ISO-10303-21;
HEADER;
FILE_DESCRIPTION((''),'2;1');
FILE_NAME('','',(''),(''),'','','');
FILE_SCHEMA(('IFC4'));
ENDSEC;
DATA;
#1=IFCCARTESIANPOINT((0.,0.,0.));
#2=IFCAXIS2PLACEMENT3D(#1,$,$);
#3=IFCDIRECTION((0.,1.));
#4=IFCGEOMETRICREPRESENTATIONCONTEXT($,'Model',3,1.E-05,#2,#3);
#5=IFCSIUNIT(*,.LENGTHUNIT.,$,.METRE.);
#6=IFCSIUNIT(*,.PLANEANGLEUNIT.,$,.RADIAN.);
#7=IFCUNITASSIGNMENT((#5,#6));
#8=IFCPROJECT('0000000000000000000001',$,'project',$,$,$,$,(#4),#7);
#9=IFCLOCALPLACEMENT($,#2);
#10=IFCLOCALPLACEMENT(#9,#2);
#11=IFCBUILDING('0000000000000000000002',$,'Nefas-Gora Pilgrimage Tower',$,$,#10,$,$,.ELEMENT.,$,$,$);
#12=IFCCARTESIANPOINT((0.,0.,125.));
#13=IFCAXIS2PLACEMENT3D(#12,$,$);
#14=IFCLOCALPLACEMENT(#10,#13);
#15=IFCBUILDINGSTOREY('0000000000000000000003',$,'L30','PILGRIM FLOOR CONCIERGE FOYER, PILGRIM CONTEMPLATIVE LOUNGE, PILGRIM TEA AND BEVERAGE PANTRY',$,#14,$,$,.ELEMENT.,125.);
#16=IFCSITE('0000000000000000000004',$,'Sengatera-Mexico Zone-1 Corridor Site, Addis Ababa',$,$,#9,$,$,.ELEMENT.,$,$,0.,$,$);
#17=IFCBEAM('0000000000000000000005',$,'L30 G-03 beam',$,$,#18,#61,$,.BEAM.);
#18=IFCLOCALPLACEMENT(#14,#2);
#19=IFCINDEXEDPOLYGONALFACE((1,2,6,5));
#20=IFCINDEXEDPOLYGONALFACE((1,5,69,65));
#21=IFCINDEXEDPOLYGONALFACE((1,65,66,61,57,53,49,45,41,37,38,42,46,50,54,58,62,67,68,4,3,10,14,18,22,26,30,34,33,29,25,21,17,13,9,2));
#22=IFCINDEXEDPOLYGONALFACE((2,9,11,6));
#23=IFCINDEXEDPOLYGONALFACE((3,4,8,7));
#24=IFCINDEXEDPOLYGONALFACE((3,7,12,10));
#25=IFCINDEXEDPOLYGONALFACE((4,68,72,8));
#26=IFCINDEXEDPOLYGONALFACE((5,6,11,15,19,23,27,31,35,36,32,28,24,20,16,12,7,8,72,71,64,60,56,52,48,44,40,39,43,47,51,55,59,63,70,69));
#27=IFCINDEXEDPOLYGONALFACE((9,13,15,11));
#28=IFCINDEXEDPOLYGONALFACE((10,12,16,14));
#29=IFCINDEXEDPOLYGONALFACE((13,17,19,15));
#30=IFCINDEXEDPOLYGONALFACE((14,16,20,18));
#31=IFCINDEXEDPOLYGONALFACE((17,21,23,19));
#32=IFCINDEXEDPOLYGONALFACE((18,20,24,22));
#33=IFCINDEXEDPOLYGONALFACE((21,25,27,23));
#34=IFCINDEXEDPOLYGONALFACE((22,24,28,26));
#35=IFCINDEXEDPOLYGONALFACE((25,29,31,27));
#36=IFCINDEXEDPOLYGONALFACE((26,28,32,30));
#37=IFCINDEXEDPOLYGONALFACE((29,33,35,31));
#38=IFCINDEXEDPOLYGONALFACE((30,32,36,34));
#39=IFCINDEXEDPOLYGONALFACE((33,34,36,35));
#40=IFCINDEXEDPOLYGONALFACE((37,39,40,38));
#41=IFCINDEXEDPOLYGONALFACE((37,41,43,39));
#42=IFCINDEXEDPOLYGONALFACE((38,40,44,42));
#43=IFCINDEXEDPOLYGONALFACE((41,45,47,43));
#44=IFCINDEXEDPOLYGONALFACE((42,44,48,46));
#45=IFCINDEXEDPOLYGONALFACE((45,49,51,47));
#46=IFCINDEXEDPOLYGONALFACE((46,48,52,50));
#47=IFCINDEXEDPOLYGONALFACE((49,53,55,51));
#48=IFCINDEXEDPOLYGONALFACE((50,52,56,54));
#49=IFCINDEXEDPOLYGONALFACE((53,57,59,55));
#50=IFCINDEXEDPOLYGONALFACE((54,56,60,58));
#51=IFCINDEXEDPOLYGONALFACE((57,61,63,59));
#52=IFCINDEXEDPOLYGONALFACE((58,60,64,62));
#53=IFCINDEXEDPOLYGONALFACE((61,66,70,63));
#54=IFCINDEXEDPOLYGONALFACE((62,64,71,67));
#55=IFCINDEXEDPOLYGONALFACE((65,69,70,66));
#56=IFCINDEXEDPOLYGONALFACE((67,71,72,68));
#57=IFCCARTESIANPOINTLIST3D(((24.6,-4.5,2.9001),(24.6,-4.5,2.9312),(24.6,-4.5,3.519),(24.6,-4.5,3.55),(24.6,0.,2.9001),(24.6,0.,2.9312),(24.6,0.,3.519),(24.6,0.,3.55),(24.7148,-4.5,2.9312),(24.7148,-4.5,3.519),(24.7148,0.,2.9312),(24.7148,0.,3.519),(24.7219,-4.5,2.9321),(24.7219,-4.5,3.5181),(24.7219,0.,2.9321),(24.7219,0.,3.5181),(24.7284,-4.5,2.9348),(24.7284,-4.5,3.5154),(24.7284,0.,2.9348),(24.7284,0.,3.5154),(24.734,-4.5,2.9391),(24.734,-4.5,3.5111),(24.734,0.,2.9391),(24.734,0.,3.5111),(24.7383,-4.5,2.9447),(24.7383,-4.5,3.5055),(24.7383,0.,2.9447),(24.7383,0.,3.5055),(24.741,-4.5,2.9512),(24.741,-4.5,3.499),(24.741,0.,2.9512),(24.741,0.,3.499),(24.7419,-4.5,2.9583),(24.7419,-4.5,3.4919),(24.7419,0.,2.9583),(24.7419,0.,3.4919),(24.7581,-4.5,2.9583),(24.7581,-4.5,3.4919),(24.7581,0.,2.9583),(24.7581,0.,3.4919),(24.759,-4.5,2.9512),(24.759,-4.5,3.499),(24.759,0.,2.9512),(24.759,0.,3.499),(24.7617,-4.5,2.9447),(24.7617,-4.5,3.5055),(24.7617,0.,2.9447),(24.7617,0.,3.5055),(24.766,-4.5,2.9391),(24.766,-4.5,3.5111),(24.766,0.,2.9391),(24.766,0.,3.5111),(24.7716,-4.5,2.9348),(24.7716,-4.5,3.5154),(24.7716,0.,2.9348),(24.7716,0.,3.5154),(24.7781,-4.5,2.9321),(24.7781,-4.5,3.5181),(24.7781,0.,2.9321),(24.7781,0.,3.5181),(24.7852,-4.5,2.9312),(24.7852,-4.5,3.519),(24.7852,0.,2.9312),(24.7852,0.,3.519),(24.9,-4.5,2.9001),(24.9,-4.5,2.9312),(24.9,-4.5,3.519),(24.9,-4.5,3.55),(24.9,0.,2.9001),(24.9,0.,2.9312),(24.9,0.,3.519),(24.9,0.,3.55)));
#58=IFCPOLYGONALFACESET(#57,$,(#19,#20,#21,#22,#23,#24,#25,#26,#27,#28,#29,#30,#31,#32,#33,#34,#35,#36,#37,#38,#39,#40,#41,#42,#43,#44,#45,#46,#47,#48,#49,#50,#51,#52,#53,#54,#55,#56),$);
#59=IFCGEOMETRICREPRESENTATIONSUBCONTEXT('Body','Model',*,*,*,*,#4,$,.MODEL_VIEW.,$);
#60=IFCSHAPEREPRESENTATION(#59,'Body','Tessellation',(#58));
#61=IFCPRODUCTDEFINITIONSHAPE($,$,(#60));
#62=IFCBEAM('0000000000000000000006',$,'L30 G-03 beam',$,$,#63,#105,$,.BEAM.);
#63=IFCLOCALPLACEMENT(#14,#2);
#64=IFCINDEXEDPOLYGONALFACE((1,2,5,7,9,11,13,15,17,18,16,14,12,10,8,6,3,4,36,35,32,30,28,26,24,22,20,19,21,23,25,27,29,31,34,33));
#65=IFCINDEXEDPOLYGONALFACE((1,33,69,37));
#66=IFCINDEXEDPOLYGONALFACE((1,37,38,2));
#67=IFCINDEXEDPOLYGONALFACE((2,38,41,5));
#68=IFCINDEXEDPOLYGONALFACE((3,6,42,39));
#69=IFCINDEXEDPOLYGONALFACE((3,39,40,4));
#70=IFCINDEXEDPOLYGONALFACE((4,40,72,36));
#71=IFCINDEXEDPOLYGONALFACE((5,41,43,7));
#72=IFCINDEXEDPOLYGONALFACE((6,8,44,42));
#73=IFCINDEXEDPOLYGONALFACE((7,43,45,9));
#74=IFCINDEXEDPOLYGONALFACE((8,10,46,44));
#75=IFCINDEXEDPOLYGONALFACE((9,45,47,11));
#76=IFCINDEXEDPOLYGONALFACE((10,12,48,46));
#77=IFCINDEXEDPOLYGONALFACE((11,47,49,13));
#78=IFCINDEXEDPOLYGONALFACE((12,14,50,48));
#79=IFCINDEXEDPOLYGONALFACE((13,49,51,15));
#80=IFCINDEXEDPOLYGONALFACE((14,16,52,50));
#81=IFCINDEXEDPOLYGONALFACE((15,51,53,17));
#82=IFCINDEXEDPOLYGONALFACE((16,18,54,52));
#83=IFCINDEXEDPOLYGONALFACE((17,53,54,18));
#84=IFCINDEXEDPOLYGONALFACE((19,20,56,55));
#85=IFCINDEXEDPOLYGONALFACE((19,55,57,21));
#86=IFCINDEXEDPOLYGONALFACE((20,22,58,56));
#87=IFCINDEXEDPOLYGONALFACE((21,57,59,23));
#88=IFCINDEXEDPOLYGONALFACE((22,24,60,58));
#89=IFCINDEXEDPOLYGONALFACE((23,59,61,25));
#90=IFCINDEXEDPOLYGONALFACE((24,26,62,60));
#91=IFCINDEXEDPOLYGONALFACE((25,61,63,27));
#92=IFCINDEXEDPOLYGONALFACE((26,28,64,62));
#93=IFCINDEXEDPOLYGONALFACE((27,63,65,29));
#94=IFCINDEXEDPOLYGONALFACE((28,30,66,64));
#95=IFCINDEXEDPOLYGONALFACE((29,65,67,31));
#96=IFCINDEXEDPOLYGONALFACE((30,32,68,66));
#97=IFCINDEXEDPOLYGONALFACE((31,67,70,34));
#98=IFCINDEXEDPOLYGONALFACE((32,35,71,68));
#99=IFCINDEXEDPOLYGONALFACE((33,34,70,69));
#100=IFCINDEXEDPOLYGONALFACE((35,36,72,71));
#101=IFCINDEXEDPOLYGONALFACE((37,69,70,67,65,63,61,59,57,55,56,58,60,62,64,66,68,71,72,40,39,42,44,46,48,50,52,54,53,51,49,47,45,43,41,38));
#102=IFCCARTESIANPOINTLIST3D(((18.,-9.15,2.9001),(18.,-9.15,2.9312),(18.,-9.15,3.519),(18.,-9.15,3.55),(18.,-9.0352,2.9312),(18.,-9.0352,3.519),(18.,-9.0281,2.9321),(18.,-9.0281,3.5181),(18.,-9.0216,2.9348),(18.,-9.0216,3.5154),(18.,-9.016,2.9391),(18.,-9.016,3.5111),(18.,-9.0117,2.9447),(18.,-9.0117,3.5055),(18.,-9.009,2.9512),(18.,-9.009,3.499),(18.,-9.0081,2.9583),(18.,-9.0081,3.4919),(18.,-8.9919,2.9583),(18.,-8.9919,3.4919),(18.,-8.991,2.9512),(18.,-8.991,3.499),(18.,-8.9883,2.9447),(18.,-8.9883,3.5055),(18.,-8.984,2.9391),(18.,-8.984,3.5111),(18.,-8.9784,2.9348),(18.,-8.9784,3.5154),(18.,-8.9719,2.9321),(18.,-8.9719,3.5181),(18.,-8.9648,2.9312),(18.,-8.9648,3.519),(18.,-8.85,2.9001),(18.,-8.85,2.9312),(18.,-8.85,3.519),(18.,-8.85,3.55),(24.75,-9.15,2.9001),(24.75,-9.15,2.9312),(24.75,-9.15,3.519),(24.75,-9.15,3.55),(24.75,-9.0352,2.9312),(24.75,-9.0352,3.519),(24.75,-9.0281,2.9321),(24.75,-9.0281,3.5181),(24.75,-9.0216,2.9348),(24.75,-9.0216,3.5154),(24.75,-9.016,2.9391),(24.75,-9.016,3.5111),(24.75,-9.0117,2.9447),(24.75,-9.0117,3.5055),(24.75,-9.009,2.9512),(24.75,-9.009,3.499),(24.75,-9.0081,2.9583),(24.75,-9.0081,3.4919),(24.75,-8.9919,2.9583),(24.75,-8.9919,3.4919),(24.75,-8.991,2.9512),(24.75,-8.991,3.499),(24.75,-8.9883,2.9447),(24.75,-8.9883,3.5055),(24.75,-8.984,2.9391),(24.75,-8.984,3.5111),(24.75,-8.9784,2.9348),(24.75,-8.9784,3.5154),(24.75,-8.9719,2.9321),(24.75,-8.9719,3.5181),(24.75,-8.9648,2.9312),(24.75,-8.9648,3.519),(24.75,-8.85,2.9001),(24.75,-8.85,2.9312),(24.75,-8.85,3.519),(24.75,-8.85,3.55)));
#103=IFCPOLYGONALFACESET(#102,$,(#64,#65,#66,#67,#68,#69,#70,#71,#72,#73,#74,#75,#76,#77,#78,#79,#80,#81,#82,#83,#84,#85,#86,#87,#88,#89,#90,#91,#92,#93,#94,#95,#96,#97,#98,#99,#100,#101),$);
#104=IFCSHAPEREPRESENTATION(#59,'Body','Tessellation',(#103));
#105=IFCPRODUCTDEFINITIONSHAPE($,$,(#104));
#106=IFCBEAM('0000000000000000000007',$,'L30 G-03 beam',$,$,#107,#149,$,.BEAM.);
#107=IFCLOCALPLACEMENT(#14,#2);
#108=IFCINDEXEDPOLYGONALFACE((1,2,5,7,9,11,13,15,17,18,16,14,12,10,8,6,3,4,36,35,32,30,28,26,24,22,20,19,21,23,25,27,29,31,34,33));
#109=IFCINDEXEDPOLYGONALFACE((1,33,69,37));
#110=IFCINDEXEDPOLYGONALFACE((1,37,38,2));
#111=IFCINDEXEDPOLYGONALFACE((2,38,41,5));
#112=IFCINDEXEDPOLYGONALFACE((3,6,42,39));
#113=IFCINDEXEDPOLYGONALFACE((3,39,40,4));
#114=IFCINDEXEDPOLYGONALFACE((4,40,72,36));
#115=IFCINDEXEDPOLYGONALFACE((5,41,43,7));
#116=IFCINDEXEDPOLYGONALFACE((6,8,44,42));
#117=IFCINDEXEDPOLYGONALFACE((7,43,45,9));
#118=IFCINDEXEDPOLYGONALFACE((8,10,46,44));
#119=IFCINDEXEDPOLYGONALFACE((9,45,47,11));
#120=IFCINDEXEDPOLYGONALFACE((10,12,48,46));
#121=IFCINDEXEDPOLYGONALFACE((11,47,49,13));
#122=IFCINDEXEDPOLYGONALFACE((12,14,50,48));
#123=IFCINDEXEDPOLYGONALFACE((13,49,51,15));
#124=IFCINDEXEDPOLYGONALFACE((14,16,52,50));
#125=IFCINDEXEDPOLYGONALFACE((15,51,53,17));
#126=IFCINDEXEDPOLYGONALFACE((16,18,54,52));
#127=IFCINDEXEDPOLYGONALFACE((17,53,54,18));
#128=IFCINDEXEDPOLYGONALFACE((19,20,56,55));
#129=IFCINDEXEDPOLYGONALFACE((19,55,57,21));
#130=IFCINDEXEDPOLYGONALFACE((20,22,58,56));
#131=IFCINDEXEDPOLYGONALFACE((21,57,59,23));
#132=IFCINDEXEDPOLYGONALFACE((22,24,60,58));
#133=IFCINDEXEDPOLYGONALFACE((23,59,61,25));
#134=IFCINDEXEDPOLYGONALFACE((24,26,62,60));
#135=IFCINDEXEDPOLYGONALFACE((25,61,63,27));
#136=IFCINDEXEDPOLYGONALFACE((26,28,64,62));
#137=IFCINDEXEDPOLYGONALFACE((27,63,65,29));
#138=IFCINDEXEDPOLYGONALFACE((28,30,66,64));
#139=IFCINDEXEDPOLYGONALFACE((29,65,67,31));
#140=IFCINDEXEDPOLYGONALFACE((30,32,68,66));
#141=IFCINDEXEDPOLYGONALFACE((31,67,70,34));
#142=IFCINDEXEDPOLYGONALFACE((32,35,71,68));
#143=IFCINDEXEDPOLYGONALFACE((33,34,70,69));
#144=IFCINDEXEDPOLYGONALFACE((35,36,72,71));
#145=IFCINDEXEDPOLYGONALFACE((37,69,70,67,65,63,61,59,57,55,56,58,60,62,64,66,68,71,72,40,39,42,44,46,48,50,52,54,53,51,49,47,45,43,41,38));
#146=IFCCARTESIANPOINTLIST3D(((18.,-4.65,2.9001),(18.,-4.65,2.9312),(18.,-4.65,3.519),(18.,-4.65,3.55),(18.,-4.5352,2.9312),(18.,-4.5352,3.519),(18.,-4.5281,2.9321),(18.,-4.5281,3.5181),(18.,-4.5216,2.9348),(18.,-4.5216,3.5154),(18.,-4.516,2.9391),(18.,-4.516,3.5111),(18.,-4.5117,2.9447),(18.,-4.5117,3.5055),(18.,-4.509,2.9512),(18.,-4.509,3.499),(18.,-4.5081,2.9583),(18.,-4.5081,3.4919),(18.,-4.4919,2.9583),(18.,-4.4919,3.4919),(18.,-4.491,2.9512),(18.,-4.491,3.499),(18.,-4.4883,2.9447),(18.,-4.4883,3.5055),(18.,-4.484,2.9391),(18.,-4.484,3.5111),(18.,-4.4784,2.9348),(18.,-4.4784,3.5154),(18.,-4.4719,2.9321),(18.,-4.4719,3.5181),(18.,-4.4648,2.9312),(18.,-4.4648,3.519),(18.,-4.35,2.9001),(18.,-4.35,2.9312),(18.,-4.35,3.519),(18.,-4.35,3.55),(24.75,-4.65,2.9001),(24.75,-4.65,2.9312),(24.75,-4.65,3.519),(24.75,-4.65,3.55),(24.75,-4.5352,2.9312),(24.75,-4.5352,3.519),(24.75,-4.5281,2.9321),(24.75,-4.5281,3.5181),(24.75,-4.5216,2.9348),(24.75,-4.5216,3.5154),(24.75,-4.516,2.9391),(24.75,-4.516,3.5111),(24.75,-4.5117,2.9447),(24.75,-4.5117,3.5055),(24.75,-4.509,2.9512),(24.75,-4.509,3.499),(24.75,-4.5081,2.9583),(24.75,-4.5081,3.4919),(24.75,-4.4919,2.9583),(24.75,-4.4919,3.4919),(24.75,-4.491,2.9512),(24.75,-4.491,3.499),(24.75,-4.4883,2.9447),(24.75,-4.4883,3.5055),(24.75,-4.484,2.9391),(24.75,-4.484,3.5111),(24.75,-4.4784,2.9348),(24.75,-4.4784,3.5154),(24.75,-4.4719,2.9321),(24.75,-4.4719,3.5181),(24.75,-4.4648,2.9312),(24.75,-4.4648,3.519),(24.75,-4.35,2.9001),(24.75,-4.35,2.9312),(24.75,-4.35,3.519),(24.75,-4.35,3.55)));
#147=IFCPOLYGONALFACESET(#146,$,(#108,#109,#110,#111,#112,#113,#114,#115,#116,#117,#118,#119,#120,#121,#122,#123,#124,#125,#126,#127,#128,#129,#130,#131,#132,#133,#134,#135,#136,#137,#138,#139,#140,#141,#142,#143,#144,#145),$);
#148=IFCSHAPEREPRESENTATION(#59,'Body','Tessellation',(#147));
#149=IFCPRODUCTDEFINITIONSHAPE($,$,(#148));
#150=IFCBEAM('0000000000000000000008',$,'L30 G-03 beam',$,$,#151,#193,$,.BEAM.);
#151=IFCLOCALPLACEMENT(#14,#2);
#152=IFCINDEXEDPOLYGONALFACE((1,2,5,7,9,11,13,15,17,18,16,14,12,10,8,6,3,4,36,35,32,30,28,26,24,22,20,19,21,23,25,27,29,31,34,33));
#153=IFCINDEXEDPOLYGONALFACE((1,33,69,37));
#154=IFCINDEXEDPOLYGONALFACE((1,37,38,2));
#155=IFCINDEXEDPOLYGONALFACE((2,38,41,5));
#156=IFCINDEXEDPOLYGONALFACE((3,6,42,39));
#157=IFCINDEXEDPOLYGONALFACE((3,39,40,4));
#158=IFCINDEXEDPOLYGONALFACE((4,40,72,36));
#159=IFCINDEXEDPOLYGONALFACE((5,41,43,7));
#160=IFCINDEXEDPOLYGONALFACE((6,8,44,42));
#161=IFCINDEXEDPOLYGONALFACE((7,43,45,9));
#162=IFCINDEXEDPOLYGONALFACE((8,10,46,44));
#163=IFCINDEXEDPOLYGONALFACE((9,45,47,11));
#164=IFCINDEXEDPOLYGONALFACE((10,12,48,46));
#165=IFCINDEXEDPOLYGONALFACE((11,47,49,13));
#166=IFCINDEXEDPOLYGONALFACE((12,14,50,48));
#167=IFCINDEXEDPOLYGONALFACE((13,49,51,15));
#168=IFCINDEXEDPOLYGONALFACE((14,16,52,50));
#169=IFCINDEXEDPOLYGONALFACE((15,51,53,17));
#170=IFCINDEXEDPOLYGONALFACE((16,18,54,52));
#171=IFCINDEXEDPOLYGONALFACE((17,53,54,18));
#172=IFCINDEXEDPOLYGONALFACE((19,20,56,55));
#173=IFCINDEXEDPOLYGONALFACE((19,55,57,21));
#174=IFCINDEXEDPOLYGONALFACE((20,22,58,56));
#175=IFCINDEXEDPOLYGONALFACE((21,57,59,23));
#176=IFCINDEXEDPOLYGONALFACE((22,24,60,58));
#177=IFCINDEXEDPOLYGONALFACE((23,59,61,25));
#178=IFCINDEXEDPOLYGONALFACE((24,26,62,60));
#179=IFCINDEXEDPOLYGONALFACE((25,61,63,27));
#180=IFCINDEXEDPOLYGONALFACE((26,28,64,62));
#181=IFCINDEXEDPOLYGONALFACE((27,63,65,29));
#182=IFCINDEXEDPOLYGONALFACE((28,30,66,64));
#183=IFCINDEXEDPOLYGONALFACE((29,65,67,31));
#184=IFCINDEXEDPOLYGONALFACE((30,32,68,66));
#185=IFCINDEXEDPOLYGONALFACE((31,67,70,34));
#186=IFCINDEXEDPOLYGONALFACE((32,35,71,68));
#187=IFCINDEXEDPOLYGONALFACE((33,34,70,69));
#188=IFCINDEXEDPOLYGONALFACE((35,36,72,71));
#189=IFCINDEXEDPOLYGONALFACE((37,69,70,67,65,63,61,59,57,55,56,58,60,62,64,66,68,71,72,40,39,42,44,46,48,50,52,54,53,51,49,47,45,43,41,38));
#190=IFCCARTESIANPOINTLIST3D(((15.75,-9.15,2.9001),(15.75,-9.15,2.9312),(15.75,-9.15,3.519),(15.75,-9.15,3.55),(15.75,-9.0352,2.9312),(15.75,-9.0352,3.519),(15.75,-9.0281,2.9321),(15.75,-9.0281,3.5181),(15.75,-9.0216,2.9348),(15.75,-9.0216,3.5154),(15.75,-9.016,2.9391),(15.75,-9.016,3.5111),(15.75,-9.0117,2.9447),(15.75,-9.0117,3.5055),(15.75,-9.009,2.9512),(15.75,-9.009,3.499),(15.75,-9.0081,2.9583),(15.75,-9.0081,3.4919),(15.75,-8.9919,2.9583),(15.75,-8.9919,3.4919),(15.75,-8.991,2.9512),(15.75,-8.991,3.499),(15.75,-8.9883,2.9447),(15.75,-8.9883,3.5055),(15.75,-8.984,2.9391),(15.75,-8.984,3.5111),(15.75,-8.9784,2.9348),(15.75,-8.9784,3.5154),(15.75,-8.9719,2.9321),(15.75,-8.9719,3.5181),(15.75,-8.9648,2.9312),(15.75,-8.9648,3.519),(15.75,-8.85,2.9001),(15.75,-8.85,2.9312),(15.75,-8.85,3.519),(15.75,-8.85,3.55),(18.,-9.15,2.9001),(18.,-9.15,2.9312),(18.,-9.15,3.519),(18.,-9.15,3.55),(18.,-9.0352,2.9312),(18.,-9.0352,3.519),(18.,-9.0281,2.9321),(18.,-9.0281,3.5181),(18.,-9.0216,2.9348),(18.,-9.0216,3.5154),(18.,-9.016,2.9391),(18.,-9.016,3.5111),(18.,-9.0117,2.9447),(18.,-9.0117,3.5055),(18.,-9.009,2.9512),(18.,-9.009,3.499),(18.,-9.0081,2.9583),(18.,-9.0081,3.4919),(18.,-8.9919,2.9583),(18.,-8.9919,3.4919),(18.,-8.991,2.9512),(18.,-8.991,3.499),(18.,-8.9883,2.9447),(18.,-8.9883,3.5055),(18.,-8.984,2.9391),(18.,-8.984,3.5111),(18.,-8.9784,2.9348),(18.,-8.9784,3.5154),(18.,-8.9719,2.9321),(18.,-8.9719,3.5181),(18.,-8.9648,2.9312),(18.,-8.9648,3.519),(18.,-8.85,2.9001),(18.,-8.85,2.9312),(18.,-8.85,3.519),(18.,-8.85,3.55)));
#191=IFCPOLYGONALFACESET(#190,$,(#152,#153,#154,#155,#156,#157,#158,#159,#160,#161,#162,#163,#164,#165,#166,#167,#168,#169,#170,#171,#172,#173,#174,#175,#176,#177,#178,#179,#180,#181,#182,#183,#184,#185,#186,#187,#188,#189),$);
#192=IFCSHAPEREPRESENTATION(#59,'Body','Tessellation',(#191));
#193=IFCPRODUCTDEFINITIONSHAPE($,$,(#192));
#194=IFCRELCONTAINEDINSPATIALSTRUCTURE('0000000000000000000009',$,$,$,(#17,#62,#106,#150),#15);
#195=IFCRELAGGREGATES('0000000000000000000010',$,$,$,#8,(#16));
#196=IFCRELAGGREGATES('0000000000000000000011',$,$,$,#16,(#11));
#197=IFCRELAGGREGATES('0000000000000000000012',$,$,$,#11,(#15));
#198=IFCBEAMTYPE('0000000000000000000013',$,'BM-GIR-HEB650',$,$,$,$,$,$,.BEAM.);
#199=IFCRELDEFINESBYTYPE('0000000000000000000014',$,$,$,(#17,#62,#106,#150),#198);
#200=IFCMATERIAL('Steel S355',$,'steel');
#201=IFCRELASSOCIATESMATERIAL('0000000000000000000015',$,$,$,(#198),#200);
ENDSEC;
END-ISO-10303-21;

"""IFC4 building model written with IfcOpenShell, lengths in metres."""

from ifc_helpers import new_model, si_unit, direction, frame, origin, origin_2d, place, context, subcontext, project, spatial, i_section, extrude, source, transform, mapped, material, material_profile, profile_set, type_object, element, save


model = new_model("IFC4")

# Units and contexts
model_context = context("Model", 3, precision=1e-05, world=origin(), true_north=direction((0.0, 1.0)))
body_context = subcontext(model_context, "Body", "Model", "MODEL_VIEW")
ifc_project = project(units=[si_unit("LENGTHUNIT", "METRE"), si_unit("PLANEANGLEUNIT", "RADIAN")], contexts=[model_context])

# Site, building, storey
site_placement = place(None, origin())
site = spatial("IfcSite", under=ifc_project, at=site_placement, Name="Sengatera-Mexico Zone-1 Corridor Site, Addis Ababa", CompositionType="ELEMENT", RefElevation=0.0)
building_placement = place(site_placement, origin())
building = spatial("IfcBuilding", under=site, at=building_placement, Name="Nefas-Gora Pilgrimage Tower", CompositionType="ELEMENT")
storey_placement = place(building_placement, frame((0.0, 0.0, 125.0)))
storey = spatial("IfcBuildingStorey", under=building, at=storey_placement, Name="L30", Description="PILGRIM FLOOR CONCIERGE FOYER, PILGRIM CONTEMPLATIVE LOUNGE, PILGRIM TEA AND BEVERAGE PANTRY", CompositionType="ELEMENT", Elevation=125.0)

# Beams
ifc_material_1 = material(Name="Steel S355", Category="steel")
ifc_material_profile_1 = material_profile(ifc_material_1, i_section(OverallWidth=0.3, OverallDepth=0.6499, WebThickness=0.0161, FlangeThickness=0.031, FilletRadius=0.0271, at=origin_2d()), Name="HEB 650")
ifc_profile_set_1 = profile_set([ifc_material_profile_1], Name="Steel S355")
beam_type_1 = type_object("IfcBeamType", Name="BM-GIR-HEB650", PredefinedType="BEAM", material=ifc_profile_set_1)
shared_shape_1 = source(origin(), body_context, "Body", "SweptSolid", [
    extrude(i_section(OverallWidth=0.3, OverallDepth=0.6499, WebThickness=0.0161, FlangeThickness=0.031, FilletRadius=0.0271, at=origin_2d()), origin(), (0.0, 0.0, 1.0), 4.5),
])
for number, where, z_axis, x_axis, name in (
    (1, (24.75, -4.5, 3.2251), (0.0, 1.0, 0.0), (-1.0, 0.0, 0.0), "L30 G-03 beam"),
):
    element("IfcBeam", number, at=place(storey_placement, frame(where, z_axis=z_axis, x_axis=x_axis)), inside=storey, type_object=beam_type_1, Name=name, PredefinedType="BEAM", context=body_context, shape_type="MappedRepresentation", body=[
        mapped(shared_shape_1, transform((0.0, 0.0, 0.0), x_axis=(1.0, 0.0, 0.0), y_axis=(0.0, 1.0, 0.0), z_axis=(0.0, 0.0, 1.0), scale=1.0)),
    ])
shared_shape_2 = source(origin(), body_context, "Body", "SweptSolid", [
    extrude(i_section(OverallWidth=0.3, OverallDepth=0.6499, WebThickness=0.0161, FlangeThickness=0.031, FilletRadius=0.0271, at=origin_2d()), origin(), (0.0, 0.0, 1.0), 6.75),
])
for number, where, z_axis, x_axis, name in (
    (2, (18.0, -9.0, 3.2251), (1.0, 0.0, 0.0), (0.0, 1.0, 0.0), "L30 G-03 beam"),
    (3, (18.0, -4.5, 3.2251), (1.0, 0.0, 0.0), (0.0, 1.0, 0.0), "L30 G-03 beam"),
):
    element("IfcBeam", number, at=place(storey_placement, frame(where, z_axis=z_axis, x_axis=x_axis)), inside=storey, type_object=beam_type_1, Name=name, PredefinedType="BEAM", context=body_context, shape_type="MappedRepresentation", body=[
        mapped(shared_shape_2, transform((0.0, 0.0, 0.0), x_axis=(1.0, 0.0, 0.0), y_axis=(0.0, 1.0, 0.0), z_axis=(0.0, 0.0, 1.0), scale=1.0)),
    ])
shared_shape_3 = source(origin(), body_context, "Body", "SweptSolid", [
    extrude(i_section(OverallWidth=0.3, OverallDepth=0.6499, WebThickness=0.0161, FlangeThickness=0.031, FilletRadius=0.0271, at=origin_2d()), origin(), (0.0, 0.0, 1.0), 2.25),
])
for number, where, z_axis, x_axis, name in (
    (4, (15.75, -9.0, 3.2251), (1.0, 0.0, 0.0), (0.0, 1.0, 0.0), "L30 G-03 beam"),
):
    element("IfcBeam", number, at=place(storey_placement, frame(where, z_axis=z_axis, x_axis=x_axis)), inside=storey, type_object=beam_type_1, Name=name, PredefinedType="BEAM", context=body_context, shape_type="MappedRepresentation", body=[
        mapped(shared_shape_3, transform((0.0, 0.0, 0.0), x_axis=(1.0, 0.0, 0.0), y_axis=(0.0, 1.0, 0.0), z_axis=(0.0, 0.0, 1.0), scale=1.0)),
    ])

save(model, "model.ifc")
